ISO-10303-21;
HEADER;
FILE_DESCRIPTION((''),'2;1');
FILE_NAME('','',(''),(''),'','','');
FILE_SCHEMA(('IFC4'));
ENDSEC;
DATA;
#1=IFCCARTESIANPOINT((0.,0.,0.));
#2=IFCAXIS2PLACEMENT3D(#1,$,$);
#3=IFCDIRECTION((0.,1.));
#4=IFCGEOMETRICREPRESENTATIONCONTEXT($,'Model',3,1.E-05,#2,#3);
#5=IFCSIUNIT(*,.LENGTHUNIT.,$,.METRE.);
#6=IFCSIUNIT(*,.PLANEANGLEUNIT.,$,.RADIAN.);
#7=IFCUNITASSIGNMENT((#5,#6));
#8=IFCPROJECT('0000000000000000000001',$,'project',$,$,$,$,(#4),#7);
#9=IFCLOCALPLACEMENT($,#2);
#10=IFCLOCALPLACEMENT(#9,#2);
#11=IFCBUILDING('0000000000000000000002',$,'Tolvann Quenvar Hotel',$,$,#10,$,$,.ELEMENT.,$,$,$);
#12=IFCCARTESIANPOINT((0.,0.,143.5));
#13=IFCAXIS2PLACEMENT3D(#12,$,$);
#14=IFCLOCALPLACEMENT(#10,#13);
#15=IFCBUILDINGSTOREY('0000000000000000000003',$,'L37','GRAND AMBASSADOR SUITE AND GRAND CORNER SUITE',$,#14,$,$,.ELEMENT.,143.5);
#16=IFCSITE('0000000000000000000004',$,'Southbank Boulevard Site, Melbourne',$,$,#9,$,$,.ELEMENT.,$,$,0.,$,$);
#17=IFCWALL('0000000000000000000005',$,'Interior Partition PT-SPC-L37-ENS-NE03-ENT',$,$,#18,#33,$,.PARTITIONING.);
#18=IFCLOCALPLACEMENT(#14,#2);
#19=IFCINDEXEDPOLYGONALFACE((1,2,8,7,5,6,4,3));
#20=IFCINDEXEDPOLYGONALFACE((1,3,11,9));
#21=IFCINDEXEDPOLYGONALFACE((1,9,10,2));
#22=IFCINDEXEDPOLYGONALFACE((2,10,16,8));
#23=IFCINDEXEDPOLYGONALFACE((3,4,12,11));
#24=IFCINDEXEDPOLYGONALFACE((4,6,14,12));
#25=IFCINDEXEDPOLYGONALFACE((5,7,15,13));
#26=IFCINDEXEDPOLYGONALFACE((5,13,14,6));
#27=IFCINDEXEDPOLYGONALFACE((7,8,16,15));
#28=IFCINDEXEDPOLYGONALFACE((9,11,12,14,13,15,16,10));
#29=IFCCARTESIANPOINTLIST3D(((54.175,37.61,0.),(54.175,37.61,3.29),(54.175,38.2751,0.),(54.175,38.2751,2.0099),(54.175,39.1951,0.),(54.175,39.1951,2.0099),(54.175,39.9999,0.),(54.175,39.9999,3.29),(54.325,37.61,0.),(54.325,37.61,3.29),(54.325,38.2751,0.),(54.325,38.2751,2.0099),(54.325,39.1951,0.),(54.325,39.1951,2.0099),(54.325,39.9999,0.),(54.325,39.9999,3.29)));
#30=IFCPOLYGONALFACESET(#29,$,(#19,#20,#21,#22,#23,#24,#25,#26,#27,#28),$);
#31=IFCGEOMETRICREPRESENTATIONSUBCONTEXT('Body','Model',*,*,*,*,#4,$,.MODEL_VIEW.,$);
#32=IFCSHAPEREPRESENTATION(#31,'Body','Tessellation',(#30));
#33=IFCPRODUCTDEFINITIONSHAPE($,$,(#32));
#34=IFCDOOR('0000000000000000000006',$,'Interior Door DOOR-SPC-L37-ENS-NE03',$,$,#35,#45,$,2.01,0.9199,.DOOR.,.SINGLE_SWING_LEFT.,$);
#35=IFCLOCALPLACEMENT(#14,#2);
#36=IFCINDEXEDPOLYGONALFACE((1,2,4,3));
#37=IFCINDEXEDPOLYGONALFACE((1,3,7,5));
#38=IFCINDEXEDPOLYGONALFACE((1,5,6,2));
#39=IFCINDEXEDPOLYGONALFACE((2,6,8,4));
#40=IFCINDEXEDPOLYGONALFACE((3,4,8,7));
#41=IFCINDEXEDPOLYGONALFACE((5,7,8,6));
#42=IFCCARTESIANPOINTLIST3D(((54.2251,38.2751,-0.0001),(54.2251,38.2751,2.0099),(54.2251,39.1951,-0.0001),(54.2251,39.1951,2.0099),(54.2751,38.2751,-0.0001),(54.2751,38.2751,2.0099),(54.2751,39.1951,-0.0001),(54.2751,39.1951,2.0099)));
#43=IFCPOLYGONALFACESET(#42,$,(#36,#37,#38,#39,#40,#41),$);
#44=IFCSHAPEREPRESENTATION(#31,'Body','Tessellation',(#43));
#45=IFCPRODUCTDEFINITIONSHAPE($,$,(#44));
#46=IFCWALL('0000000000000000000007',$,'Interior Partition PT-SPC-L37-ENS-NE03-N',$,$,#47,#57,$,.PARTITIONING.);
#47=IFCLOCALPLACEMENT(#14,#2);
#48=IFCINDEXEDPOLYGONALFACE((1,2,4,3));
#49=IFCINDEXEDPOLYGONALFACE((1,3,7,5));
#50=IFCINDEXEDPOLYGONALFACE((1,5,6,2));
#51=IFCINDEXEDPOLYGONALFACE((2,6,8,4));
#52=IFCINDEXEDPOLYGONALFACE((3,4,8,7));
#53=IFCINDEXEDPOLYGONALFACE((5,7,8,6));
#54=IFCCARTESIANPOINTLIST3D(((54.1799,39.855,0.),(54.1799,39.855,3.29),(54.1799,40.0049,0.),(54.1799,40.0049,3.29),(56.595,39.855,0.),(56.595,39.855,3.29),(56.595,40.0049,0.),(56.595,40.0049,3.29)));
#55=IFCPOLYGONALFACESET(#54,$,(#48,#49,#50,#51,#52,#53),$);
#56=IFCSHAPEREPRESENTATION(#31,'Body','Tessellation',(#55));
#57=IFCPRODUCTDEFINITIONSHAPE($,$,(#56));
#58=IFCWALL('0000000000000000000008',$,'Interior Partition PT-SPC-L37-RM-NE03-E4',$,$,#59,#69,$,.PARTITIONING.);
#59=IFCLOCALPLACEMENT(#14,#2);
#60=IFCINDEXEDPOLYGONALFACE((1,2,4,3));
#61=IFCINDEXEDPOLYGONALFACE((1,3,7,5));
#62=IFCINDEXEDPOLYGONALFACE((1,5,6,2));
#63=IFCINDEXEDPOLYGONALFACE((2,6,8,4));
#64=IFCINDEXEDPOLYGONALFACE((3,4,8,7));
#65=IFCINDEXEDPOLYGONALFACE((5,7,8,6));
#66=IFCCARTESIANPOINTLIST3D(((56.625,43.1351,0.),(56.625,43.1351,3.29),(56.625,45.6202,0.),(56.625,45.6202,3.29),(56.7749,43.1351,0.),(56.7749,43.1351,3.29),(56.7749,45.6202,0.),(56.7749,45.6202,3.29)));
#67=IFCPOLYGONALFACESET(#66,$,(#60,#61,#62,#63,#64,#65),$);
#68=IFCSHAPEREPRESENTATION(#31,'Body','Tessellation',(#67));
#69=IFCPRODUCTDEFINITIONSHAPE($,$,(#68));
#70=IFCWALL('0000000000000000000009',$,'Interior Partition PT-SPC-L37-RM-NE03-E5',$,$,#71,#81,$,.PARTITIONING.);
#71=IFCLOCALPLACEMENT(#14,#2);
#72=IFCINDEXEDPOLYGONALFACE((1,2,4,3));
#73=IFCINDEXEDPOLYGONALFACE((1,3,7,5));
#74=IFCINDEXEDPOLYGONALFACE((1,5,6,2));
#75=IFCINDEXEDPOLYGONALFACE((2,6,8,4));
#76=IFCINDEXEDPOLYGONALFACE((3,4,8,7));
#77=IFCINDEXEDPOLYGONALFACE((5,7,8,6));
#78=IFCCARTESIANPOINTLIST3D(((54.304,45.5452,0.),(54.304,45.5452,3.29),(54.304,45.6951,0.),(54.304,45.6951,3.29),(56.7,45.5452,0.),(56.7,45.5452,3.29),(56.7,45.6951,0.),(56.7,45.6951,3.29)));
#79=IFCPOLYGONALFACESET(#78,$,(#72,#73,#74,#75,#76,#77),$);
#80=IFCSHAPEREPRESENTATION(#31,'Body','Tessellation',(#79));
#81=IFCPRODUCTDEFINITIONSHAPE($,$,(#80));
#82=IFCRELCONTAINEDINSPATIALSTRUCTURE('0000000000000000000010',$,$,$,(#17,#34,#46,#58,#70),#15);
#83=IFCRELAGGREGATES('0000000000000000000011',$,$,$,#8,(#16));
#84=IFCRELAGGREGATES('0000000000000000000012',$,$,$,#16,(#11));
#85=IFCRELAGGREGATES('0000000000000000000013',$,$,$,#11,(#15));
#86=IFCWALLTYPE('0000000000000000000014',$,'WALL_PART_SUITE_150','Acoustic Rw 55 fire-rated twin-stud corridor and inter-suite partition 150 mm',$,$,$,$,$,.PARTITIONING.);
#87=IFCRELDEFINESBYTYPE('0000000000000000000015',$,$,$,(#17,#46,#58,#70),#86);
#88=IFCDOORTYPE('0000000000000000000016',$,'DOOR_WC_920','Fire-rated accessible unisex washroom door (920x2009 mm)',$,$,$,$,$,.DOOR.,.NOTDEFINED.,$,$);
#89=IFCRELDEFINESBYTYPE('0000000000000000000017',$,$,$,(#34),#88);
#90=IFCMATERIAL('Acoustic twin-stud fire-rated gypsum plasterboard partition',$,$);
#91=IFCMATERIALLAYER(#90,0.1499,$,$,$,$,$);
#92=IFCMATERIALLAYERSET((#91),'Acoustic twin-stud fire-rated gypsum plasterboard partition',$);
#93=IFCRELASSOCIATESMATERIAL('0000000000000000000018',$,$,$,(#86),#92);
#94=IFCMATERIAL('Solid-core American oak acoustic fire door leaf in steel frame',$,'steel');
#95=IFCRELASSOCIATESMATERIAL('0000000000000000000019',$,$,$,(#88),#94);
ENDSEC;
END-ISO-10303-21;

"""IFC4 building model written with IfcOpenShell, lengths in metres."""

from ifc_helpers import new_model, si_unit, direction, frame, frame_2d, origin, place, context, subcontext, project, spatial, rectangle, extrude, source, transform, mapped, material, layer, layer_set, type_object, type_shapes, element, fill, save


model = new_model("IFC4")

# Units and contexts
model_context = context("Model", 3, precision=1e-05, world=origin(), true_north=direction((0.0, 1.0)))
body_context = subcontext(model_context, "Body", "Model", "MODEL_VIEW")
ifc_project = project(units=[si_unit("LENGTHUNIT", "METRE"), si_unit("PLANEANGLEUNIT", "RADIAN")], contexts=[model_context])

# Site, building, storey
site_placement = place(None, origin())
site = spatial("IfcSite", under=ifc_project, at=site_placement, Name="Southbank Boulevard Site, Melbourne", CompositionType="ELEMENT", RefElevation=0.0)
building_placement = place(site_placement, origin())
building = spatial("IfcBuilding", under=site, at=building_placement, Name="Tolvann Quenvar Hotel", CompositionType="ELEMENT")
storey_placement = place(building_placement, frame((0.0, 0.0, 143.5)))
storey = spatial("IfcBuildingStorey", under=building, at=storey_placement, Name="L37", Description="GRAND AMBASSADOR SUITE AND GRAND CORNER SUITE", CompositionType="ELEMENT", Elevation=143.5)

# Shared definitions
ifc_material_1 = material(Name="Acoustic twin-stud fire-rated gypsum plasterboard partition")
ifc_layer_1 = layer(ifc_material_1, 0.1499)
ifc_layer_set_1 = layer_set([ifc_layer_1], Name="Acoustic twin-stud fire-rated gypsum plasterboard partition")
wall_type_1 = type_object("IfcWallType", Name="WALL_PART_SUITE_150", Description="Acoustic Rw 55 fire-rated twin-stud corridor and inter-suite partition 150 mm", PredefinedType="PARTITIONING", material=ifc_layer_set_1)
ifc_material_2 = material(Name="Solid-core American oak acoustic fire door leaf in steel frame", Category="steel")
door_type = type_object("IfcDoorType", Name="DOOR_WC_920", Description="Fire-rated accessible unisex washroom door (920x2009 mm)", OperationType="NOTDEFINED", PredefinedType="DOOR", material=ifc_material_2)
shared_shape_1 = source(origin(), body_context, "Body", "SweptSolid", [
    extrude(rectangle(XDim=0.9199, YDim=2.01, at=frame_2d((0.46, 1.0049))), frame((0.0, 0.0249, 0.0), z_axis=(0.0, -1.0, 0.0), x_axis=(1.0, 0.0, 0.0)), (0.0, 0.0, 1.0), 0.05),
])
type_shapes(door_type, [shared_shape_1])

# Wall, opening, door
wall_1_placement = place(storey_placement, frame((54.25, 37.6101, 0.0), z_axis=(0.0, 0.0, 1.0), x_axis=(0.0, 1.0, 0.0)))
wall_1 = element("IfcWall", 1, at=wall_1_placement, inside=storey, type_object=wall_type_1, Name="Interior Partition PT-SPC-L37-ENS-NE03-ENT", PredefinedType="PARTITIONING", context=body_context, shape_type="SweptSolid", body=[
    extrude(rectangle(XDim=2.3899, YDim=0.1499, at=frame_2d((1.1948, 0.0))), origin(), (0.0, 0.0, 1.0), 3.29),
])
opening_1_placement = place(wall_1_placement, frame((0.665, 0.0, 0.0)))
opening_1 = element("IfcOpeningElement", 2, at=opening_1_placement, cuts=wall_1, PredefinedType="OPENING", context=body_context, shape_type="SweptSolid", body=[
    extrude(rectangle(XDim=0.9199, YDim=2.01, at=frame_2d((0.46, 1.0049))), frame((0.0, 0.085, 0.0), z_axis=(0.0, -1.0, 0.0), x_axis=(1.0, 0.0, 0.0)), (0.0, 0.0, 1.0), 0.1699),
])
door_1_placement = place(opening_1_placement, origin())
door_1 = element("IfcDoor", 3, at=door_1_placement, inside=storey, type_object=door_type, Name="Interior Door DOOR-SPC-L37-ENS-NE03", OperationType="SINGLE_SWING_LEFT", OverallHeight=2.01, OverallWidth=0.9199, PredefinedType="DOOR", context=body_context, shape_type="MappedRepresentation", body=[
    mapped(shared_shape_1, transform((0.0, 0.0, 0.0), x_axis=(1.0, 0.0, 0.0), y_axis=(0.0, 1.0, 0.0), z_axis=(0.0, 0.0, 1.0), scale=1.0)),
])
fill(opening_1, door_1)

# Walls
wall_2_placement = place(storey_placement, frame((54.1799, 39.9299, 0.0), z_axis=(0.0, 0.0, 1.0), x_axis=(1.0, 0.0, 0.0)))
element("IfcWall", 4, at=wall_2_placement, inside=storey, type_object=wall_type_1, Name="Interior Partition PT-SPC-L37-ENS-NE03-N", PredefinedType="PARTITIONING", context=body_context, shape_type="SweptSolid", body=[
    extrude(rectangle(XDim=2.415, YDim=0.1499, at=frame_2d((1.2075, 0.0))), origin(), (0.0, 0.0, 1.0), 3.29),
])
wall_3_placement = place(storey_placement, frame((56.7, 43.135, 0.0), z_axis=(0.0, 0.0, 1.0), x_axis=(0.0, 1.0, 0.0)))
element("IfcWall", 5, at=wall_3_placement, inside=storey, type_object=wall_type_1, Name="Interior Partition PT-SPC-L37-RM-NE03-E4", PredefinedType="PARTITIONING", context=body_context, shape_type="SweptSolid", body=[
    extrude(rectangle(XDim=2.4851, YDim=0.1499, at=frame_2d((1.2427, 0.0))), origin(), (0.0, 0.0, 1.0), 3.29),
])
wall_4_placement = place(storey_placement, frame((54.304, 45.6201, 0.0), z_axis=(0.0, 0.0, 1.0), x_axis=(1.0, 0.0, 0.0)))
element("IfcWall", 6, at=wall_4_placement, inside=storey, type_object=wall_type_1, Name="Interior Partition PT-SPC-L37-RM-NE03-E5", PredefinedType="PARTITIONING", context=body_context, shape_type="SweptSolid", body=[
    extrude(rectangle(XDim=2.396, YDim=0.1499, at=frame_2d((1.198, 0.0))), origin(), (0.0, 0.0, 1.0), 3.29),
])

save(model, "model.ifc")
